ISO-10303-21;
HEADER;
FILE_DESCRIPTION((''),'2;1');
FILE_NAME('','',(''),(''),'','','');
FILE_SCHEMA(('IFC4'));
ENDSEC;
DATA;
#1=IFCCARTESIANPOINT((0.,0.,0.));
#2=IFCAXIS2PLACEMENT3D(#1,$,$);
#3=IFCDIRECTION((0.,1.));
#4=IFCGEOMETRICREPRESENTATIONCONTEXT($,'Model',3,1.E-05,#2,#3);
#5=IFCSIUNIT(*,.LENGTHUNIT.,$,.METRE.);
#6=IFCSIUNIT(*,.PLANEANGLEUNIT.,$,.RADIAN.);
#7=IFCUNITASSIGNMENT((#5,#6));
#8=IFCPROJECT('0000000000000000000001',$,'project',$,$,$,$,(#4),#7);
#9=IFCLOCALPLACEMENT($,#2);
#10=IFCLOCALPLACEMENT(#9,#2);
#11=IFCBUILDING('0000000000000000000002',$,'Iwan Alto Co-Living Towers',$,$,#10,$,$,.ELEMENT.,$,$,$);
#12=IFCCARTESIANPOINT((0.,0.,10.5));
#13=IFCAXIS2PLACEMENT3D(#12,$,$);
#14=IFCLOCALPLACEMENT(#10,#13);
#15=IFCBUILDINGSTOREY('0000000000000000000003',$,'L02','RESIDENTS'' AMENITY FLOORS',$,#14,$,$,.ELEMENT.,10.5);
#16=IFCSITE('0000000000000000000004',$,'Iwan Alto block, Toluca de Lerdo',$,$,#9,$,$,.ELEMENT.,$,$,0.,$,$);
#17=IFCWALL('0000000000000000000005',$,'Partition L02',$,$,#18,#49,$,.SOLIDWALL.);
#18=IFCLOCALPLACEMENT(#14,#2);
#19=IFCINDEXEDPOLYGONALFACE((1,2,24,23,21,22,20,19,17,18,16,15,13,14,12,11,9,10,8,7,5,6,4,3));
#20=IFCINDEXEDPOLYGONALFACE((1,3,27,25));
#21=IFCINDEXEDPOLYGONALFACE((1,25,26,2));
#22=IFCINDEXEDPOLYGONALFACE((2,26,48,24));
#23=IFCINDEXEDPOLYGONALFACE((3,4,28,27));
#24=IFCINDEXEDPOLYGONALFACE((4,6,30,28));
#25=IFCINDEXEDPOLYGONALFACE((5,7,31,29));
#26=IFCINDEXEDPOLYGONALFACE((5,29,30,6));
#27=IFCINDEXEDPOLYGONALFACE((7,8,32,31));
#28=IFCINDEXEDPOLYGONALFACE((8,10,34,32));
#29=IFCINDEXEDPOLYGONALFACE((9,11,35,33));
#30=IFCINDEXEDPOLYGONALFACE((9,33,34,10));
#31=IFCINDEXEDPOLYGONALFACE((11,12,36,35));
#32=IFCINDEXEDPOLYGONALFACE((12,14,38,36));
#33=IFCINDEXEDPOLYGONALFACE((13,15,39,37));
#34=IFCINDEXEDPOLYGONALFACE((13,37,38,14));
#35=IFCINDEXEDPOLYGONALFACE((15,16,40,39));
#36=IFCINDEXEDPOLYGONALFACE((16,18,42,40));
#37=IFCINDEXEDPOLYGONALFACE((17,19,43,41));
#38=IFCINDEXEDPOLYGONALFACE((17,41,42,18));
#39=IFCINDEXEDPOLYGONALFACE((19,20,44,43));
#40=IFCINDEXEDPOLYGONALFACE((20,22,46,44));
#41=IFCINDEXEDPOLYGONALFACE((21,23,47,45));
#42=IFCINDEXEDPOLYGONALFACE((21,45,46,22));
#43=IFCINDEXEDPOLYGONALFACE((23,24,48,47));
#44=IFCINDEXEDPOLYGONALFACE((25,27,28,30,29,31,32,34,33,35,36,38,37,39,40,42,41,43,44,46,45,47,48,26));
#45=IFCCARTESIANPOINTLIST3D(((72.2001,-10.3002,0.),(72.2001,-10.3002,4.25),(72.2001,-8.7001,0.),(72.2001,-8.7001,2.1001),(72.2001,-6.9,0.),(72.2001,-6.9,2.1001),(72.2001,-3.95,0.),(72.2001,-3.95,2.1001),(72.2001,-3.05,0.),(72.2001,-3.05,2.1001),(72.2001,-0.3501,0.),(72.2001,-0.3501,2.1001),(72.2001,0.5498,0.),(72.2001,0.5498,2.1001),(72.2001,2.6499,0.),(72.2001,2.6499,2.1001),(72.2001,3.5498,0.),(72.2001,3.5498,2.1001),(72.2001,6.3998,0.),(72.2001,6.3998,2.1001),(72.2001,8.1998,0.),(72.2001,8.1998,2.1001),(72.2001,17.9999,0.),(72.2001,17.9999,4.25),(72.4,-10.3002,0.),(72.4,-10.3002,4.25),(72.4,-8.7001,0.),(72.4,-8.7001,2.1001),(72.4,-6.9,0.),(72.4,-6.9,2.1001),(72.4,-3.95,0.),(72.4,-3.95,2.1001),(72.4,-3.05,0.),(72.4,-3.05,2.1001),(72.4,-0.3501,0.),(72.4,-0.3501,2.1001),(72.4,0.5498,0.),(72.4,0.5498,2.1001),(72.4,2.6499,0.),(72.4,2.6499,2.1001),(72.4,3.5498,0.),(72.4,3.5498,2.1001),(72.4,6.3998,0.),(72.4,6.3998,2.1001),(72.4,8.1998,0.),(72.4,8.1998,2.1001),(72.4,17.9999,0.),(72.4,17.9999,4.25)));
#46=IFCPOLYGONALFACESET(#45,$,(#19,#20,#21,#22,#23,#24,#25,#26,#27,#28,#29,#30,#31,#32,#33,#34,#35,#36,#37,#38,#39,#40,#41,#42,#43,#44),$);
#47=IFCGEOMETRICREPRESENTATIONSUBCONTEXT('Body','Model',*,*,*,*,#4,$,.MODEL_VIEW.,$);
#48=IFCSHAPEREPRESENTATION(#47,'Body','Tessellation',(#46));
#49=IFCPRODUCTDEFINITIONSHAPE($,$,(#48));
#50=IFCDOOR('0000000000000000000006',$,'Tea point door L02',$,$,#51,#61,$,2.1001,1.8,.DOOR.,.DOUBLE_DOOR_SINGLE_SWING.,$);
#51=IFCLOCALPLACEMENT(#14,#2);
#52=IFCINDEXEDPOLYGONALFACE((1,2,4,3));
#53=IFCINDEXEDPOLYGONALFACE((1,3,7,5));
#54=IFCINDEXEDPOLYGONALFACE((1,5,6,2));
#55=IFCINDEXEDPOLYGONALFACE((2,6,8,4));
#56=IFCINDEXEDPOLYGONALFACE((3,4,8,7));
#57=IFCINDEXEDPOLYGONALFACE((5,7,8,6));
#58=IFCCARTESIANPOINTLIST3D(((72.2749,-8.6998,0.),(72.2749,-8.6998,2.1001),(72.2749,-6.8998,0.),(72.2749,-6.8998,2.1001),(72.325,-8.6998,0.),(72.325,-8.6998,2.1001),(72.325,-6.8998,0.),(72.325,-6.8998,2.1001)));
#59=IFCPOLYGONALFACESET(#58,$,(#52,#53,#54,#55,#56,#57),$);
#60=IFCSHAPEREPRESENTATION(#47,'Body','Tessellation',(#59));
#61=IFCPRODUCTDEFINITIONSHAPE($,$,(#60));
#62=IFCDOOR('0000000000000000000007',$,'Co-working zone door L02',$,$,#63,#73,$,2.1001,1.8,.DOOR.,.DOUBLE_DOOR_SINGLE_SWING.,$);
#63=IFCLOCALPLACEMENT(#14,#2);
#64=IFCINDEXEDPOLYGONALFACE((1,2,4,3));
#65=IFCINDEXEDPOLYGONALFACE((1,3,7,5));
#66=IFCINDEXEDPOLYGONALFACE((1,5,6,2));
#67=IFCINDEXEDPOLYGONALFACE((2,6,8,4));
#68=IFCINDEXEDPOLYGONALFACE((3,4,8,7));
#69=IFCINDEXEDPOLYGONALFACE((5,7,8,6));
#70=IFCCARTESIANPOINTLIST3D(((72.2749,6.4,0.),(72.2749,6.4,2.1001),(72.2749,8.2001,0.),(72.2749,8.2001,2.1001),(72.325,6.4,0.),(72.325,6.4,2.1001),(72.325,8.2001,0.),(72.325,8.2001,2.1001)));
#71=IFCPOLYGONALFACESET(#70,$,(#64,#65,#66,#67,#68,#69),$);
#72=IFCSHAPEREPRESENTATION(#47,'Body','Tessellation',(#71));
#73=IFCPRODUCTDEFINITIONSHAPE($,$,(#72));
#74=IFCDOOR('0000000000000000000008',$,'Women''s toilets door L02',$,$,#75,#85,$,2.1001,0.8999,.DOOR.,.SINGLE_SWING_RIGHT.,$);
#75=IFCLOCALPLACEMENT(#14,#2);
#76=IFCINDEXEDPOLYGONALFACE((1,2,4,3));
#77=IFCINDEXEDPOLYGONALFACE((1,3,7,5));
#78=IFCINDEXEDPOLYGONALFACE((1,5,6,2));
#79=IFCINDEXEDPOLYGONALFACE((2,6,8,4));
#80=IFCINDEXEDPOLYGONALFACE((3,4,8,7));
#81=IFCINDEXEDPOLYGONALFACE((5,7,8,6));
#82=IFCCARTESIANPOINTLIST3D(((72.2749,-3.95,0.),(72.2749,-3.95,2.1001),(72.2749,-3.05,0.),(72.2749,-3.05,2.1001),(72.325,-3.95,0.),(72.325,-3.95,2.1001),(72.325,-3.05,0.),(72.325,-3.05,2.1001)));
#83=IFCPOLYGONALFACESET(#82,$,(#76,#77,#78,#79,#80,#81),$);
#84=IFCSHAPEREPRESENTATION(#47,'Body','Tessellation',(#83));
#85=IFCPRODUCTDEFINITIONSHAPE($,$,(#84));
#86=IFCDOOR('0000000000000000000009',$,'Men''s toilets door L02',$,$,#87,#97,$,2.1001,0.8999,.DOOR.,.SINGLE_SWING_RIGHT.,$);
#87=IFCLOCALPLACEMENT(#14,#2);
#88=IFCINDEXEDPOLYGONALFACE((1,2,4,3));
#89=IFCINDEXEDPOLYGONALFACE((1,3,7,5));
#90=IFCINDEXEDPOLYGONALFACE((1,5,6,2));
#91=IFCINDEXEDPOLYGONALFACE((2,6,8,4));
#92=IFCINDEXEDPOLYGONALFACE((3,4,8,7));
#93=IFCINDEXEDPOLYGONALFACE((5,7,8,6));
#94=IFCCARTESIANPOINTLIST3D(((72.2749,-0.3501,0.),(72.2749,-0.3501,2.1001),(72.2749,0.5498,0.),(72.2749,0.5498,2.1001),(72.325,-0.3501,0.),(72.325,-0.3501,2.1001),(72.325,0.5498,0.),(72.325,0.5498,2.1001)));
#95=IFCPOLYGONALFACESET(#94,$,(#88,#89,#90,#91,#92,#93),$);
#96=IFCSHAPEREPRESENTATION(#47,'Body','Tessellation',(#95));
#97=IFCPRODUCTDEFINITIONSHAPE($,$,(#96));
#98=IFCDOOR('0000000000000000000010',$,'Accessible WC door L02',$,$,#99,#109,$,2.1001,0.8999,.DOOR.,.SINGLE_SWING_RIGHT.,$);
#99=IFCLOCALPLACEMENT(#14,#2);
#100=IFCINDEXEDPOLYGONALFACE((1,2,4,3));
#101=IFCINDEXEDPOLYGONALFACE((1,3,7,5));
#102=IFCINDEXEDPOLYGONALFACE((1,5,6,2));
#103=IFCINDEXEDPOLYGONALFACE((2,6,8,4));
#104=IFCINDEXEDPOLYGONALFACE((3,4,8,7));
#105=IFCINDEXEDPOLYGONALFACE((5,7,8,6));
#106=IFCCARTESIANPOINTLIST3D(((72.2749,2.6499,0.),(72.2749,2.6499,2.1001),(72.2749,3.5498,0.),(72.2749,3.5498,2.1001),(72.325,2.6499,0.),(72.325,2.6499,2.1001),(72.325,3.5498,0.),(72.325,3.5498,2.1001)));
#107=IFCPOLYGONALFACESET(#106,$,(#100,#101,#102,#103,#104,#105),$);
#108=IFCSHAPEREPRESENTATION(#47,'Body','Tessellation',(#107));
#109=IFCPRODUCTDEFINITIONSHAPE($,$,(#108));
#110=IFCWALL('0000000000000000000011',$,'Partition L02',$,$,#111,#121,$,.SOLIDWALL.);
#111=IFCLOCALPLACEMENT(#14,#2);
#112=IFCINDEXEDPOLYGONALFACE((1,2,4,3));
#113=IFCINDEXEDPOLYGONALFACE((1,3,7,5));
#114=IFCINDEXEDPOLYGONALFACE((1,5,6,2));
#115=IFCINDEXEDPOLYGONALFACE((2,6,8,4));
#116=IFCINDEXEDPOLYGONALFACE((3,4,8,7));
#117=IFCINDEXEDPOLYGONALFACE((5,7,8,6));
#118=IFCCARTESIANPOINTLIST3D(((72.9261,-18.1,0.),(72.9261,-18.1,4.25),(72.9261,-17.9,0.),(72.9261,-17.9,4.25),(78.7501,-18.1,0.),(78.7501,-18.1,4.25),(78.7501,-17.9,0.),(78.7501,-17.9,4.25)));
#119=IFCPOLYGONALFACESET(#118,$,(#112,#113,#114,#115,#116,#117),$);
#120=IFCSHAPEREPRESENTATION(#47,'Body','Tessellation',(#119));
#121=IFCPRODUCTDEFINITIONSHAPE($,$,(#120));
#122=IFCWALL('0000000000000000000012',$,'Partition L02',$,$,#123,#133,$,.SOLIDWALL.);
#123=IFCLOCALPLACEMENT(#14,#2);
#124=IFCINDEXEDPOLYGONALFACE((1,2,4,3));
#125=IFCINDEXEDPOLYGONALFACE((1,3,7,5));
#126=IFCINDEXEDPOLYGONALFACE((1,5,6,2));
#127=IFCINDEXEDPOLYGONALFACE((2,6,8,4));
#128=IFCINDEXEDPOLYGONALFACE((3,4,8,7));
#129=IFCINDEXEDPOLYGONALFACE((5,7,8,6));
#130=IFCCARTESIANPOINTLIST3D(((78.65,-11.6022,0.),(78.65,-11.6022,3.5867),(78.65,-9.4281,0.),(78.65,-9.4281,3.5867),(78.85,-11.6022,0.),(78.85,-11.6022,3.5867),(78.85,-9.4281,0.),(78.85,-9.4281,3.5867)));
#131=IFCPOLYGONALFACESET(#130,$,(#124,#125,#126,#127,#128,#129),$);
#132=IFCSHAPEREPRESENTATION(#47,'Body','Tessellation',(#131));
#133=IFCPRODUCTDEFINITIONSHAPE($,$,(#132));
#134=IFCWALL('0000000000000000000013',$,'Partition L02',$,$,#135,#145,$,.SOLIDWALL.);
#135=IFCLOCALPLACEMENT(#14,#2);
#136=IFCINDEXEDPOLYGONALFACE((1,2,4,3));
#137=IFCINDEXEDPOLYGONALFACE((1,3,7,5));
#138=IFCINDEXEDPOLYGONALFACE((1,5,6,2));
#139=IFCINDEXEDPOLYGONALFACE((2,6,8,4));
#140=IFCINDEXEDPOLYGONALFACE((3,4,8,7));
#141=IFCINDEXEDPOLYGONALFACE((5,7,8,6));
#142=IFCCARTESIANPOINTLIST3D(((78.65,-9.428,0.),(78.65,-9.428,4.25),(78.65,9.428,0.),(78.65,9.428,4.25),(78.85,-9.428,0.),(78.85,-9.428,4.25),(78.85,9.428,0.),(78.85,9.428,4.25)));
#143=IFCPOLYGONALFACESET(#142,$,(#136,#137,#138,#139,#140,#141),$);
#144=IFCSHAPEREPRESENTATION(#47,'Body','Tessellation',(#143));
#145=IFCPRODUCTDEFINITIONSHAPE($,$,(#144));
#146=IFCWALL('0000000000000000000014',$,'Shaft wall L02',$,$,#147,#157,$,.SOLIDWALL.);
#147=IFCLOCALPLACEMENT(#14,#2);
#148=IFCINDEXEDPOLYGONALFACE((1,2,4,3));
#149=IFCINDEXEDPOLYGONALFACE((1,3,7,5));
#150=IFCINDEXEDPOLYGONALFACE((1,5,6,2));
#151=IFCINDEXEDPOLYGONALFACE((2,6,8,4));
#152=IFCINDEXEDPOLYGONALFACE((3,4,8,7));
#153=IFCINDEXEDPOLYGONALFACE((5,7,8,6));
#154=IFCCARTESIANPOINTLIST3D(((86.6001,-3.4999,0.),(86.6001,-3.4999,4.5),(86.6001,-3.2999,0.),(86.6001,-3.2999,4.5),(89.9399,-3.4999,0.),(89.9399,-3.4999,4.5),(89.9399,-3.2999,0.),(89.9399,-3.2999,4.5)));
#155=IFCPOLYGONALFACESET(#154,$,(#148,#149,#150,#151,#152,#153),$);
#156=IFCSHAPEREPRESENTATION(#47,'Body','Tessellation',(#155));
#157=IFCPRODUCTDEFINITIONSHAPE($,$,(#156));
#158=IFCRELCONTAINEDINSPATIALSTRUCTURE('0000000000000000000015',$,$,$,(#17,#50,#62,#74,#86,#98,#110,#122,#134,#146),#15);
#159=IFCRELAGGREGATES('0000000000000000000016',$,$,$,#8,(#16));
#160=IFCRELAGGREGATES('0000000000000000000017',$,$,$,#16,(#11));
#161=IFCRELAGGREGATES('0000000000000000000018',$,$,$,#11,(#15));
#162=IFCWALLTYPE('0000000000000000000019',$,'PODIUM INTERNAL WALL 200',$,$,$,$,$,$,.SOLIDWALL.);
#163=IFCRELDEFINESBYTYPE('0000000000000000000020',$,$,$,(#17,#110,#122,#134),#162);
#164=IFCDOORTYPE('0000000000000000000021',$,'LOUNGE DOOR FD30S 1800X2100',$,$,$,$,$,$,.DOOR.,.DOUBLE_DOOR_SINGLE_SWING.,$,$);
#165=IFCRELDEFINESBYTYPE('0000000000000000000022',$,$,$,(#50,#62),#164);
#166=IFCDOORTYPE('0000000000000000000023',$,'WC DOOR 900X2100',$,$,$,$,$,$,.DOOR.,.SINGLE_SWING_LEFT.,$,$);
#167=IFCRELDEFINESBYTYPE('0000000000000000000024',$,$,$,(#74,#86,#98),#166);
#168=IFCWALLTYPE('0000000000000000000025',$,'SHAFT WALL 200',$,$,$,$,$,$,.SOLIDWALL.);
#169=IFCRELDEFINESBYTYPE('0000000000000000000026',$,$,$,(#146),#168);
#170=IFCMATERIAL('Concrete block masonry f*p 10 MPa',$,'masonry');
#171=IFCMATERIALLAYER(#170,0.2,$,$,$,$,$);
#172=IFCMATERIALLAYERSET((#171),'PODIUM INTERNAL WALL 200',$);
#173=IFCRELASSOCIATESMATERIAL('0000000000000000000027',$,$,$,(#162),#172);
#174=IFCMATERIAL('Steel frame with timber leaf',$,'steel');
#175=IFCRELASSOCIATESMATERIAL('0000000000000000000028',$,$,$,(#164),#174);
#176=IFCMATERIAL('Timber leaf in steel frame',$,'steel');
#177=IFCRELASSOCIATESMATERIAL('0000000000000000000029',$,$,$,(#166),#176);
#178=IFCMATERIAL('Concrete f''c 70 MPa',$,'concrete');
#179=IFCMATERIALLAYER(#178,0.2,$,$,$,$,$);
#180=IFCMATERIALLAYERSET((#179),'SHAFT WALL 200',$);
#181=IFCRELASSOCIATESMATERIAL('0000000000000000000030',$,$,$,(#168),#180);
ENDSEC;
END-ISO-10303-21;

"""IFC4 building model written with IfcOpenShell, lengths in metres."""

from ifc_helpers import new_model, si_unit, direction, frame, frame_2d, origin, place, context, subcontext, project, spatial, rectangle, extrude, material, layer, layer_set, type_object, element, fill, save


model = new_model("IFC4")

# Units and contexts
model_context = context("Model", 3, precision=1e-05, world=origin(), true_north=direction((0.0, 1.0)))
body_context = subcontext(model_context, "Body", "Model", "MODEL_VIEW")
ifc_project = project(units=[si_unit("LENGTHUNIT", "METRE"), si_unit("PLANEANGLEUNIT", "RADIAN")], contexts=[model_context])

# Site, building, storey
site_placement = place(None, origin())
site = spatial("IfcSite", under=ifc_project, at=site_placement, Name="Iwan Alto block, Toluca de Lerdo", CompositionType="ELEMENT", RefElevation=0.0)
building_placement = place(site_placement, origin())
building = spatial("IfcBuilding", under=site, at=building_placement, Name="Iwan Alto Co-Living Towers", CompositionType="ELEMENT")
storey_placement = place(building_placement, frame((0.0, 0.0, 10.5)))
storey = spatial("IfcBuildingStorey", under=building, at=storey_placement, Name="L02", Description="RESIDENTS' AMENITY FLOORS", CompositionType="ELEMENT", Elevation=10.5)

# Shared definitions
ifc_material_1 = material(Name="Concrete block masonry f*p 10 MPa", Category="masonry")
ifc_layer_1 = layer(ifc_material_1, 0.2)
ifc_layer_set_1 = layer_set([ifc_layer_1], Name="PODIUM INTERNAL WALL 200")
wall_type_1 = type_object("IfcWallType", Name="PODIUM INTERNAL WALL 200", PredefinedType="SOLIDWALL", material=ifc_layer_set_1)

# Wall, openings, doors
wall_1_placement = place(storey_placement, frame((72.3, -10.3, 0.0), z_axis=(0.0, 0.0, 1.0), x_axis=(0.0, 1.0, 0.0)))
wall_1 = element("IfcWall", 1, at=wall_1_placement, inside=storey, type_object=wall_type_1, Name="Partition L02", PredefinedType="SOLIDWALL", context=body_context, shape_type="SweptSolid", body=[
    extrude(rectangle(XDim=28.3, YDim=0.2, at=frame_2d((14.1499, 0.0))), origin(), (0.0, 0.0, 1.0), 4.25),
])
opening_1_placement = place(wall_1_placement, frame((1.6001, 0.0, 0.0)))
opening_1 = element("IfcOpeningElement", 2, at=opening_1_placement, cuts=wall_1, PredefinedType="OPENING", context=body_context, shape_type="SweptSolid", body=[
    extrude(rectangle(XDim=1.8, YDim=2.1001, at=frame_2d((0.8999, 1.05))), frame((0.0, 0.1099, 0.0), z_axis=(0.0, -1.0, 0.0), x_axis=(1.0, 0.0, 0.0)), (0.0, 0.0, 1.0), 0.22),
])
opening_2_placement = place(wall_1_placement, frame((6.3501, 0.0, 0.0)))
opening_2 = element("IfcOpeningElement", 3, at=opening_2_placement, cuts=wall_1, PredefinedType="OPENING", context=body_context, shape_type="SweptSolid", body=[
    extrude(rectangle(XDim=0.8999, YDim=2.1001, at=frame_2d((0.45, 1.05))), frame((0.0, 0.1099, 0.0), z_axis=(0.0, -1.0, 0.0), x_axis=(1.0, 0.0, 0.0)), (0.0, 0.0, 1.0), 0.22),
])
opening_3_placement = place(wall_1_placement, frame((9.95, 0.0, 0.0)))
opening_3 = element("IfcOpeningElement", 4, at=opening_3_placement, cuts=wall_1, PredefinedType="OPENING", context=body_context, shape_type="SweptSolid", body=[
    extrude(rectangle(XDim=0.8999, YDim=2.1001, at=frame_2d((0.45, 1.05))), frame((0.0, 0.1099, 0.0), z_axis=(0.0, -1.0, 0.0), x_axis=(1.0, 0.0, 0.0)), (0.0, 0.0, 1.0), 0.22),
])
opening_4_placement = place(wall_1_placement, frame((12.95, 0.0, 0.0)))
opening_4 = element("IfcOpeningElement", 5, at=opening_4_placement, cuts=wall_1, PredefinedType="OPENING", context=body_context, shape_type="SweptSolid", body=[
    extrude(rectangle(XDim=0.8999, YDim=2.1001, at=frame_2d((0.45, 1.05))), frame((0.0, 0.1099, 0.0), z_axis=(0.0, -1.0, 0.0), x_axis=(1.0, 0.0, 0.0)), (0.0, 0.0, 1.0), 0.22),
])
opening_5_placement = place(wall_1_placement, frame((16.7, 0.0, 0.0)))
opening_5 = element("IfcOpeningElement", 6, at=opening_5_placement, cuts=wall_1, PredefinedType="OPENING", context=body_context, shape_type="SweptSolid", body=[
    extrude(rectangle(XDim=1.8, YDim=2.1001, at=frame_2d((0.8999, 1.05))), frame((0.0, 0.1099, 0.0), z_axis=(0.0, -1.0, 0.0), x_axis=(1.0, 0.0, 0.0)), (0.0, 0.0, 1.0), 0.22),
])
ifc_material_2 = material(Name="Steel frame with timber leaf", Category="steel")
door_type_1 = type_object("IfcDoorType", Name="LOUNGE DOOR FD30S 1800X2100", OperationType="DOUBLE_DOOR_SINGLE_SWING", PredefinedType="DOOR", material=ifc_material_2)
door_1_placement = place(opening_1_placement, frame((1.8, 0.0, 0.0), z_axis=(0.0, 0.0, 1.0), x_axis=(-1.0, 0.0, 0.0)))
door_1 = element("IfcDoor", 7, at=door_1_placement, inside=storey, type_object=door_type_1, Name="Tea point door L02", OperationType="DOUBLE_DOOR_SINGLE_SWING", OverallHeight=2.1001, OverallWidth=1.8, PredefinedType="DOOR", context=body_context, shape_type="SweptSolid", body=[
    extrude(rectangle(XDim=1.8, YDim=2.1001, at=frame_2d((0.8999, 1.05))), frame((0.0, 0.0249, 0.0), z_axis=(0.0, -1.0, 0.0), x_axis=(1.0, 0.0, 0.0)), (0.0, 0.0, 1.0), 0.05),
])
fill(opening_1, door_1)
door_2_placement = place(opening_5_placement, frame((1.8, 0.0, 0.0), z_axis=(0.0, 0.0, 1.0), x_axis=(-1.0, 0.0, 0.0)))
door_2 = element("IfcDoor", 8, at=door_2_placement, inside=storey, type_object=door_type_1, Name="Co-working zone door L02", OperationType="DOUBLE_DOOR_SINGLE_SWING", OverallHeight=2.1001, OverallWidth=1.8, PredefinedType="DOOR", context=body_context, shape_type="SweptSolid", body=[
    extrude(rectangle(XDim=1.8, YDim=2.1001, at=frame_2d((0.8999, 1.05))), frame((0.0, 0.0249, 0.0), z_axis=(0.0, -1.0, 0.0), x_axis=(1.0, 0.0, 0.0)), (0.0, 0.0, 1.0), 0.05),
])
fill(opening_5, door_2)
ifc_material_3 = material(Name="Timber leaf in steel frame", Category="steel")
door_type_2 = type_object("IfcDoorType", Name="WC DOOR 900X2100", OperationType="SINGLE_SWING_LEFT", PredefinedType="DOOR", material=ifc_material_3)
door_3_placement = place(opening_2_placement, frame((0.8999, 0.0, 0.0), z_axis=(0.0, 0.0, 1.0), x_axis=(-1.0, 0.0, 0.0)))
door_3 = element("IfcDoor", 9, at=door_3_placement, inside=storey, type_object=door_type_2, Name="Women's toilets door L02", OperationType="SINGLE_SWING_RIGHT", OverallHeight=2.1001, OverallWidth=0.8999, PredefinedType="DOOR", context=body_context, shape_type="SweptSolid", body=[
    extrude(rectangle(XDim=0.8999, YDim=2.1001, at=frame_2d((0.45, 1.05))), frame((0.0, 0.0249, 0.0), z_axis=(0.0, -1.0, 0.0), x_axis=(1.0, 0.0, 0.0)), (0.0, 0.0, 1.0), 0.05),
])
fill(opening_2, door_3)
door_4_placement = place(opening_3_placement, frame((0.8999, 0.0, 0.0), z_axis=(0.0, 0.0, 1.0), x_axis=(-1.0, 0.0, 0.0)))
door_4 = element("IfcDoor", 10, at=door_4_placement, inside=storey, type_object=door_type_2, Name="Men's toilets door L02", OperationType="SINGLE_SWING_RIGHT", OverallHeight=2.1001, OverallWidth=0.8999, PredefinedType="DOOR", context=body_context, shape_type="SweptSolid", body=[
    extrude(rectangle(XDim=0.8999, YDim=2.1001, at=frame_2d((0.45, 1.05))), frame((0.0, 0.0249, 0.0), z_axis=(0.0, -1.0, 0.0), x_axis=(1.0, 0.0, 0.0)), (0.0, 0.0, 1.0), 0.05),
])
fill(opening_3, door_4)
door_5_placement = place(opening_4_placement, frame((0.8999, 0.0, 0.0), z_axis=(0.0, 0.0, 1.0), x_axis=(-1.0, 0.0, 0.0)))
door_5 = element("IfcDoor", 11, at=door_5_placement, inside=storey, type_object=door_type_2, Name="Accessible WC door L02", OperationType="SINGLE_SWING_RIGHT", OverallHeight=2.1001, OverallWidth=0.8999, PredefinedType="DOOR", context=body_context, shape_type="SweptSolid", body=[
    extrude(rectangle(XDim=0.8999, YDim=2.1001, at=frame_2d((0.45, 1.05))), frame((0.0, 0.0249, 0.0), z_axis=(0.0, -1.0, 0.0), x_axis=(1.0, 0.0, 0.0)), (0.0, 0.0, 1.0), 0.05),
])
fill(opening_4, door_5)

# Walls
wall_2_placement = place(storey_placement, frame((72.926, -18.0, 0.0), z_axis=(0.0, 0.0, 1.0), x_axis=(1.0, 0.0, 0.0)))
element("IfcWall", 12, at=wall_2_placement, inside=storey, type_object=wall_type_1, Name="Partition L02", PredefinedType="SOLIDWALL", context=body_context, shape_type="SweptSolid", body=[
    extrude(rectangle(XDim=5.824, YDim=0.2, at=frame_2d((2.9121, 0.0))), origin(), (0.0, 0.0, 1.0), 4.25),
])
wall_3_placement = place(storey_placement, frame((78.75, -11.6021, 0.0), z_axis=(0.0, 0.0, 1.0), x_axis=(0.0, 1.0, 0.0)))
element("IfcWall", 13, at=wall_3_placement, inside=storey, type_object=wall_type_1, Name="Partition L02", PredefinedType="SOLIDWALL", context=body_context, shape_type="SweptSolid", body=[
    extrude(rectangle(XDim=2.1741, YDim=0.2, at=frame_2d((1.0869, 0.0))), origin(), (0.0, 0.0, 1.0), 3.5867),
])
wall_4_placement = place(storey_placement, frame((78.75, -9.428, 0.0), z_axis=(0.0, 0.0, 1.0), x_axis=(0.0, 1.0, 0.0)))
element("IfcWall", 14, at=wall_4_placement, inside=storey, type_object=wall_type_1, Name="Partition L02", PredefinedType="SOLIDWALL", context=body_context, shape_type="SweptSolid", body=[
    extrude(rectangle(XDim=18.856, YDim=0.2, at=frame_2d((9.428, 0.0))), origin(), (0.0, 0.0, 1.0), 4.25),
])
ifc_material_4 = material(Name="Concrete f'c 70 MPa", Category="concrete")
ifc_layer_2 = layer(ifc_material_4, 0.2)
ifc_layer_set_2 = layer_set([ifc_layer_2], Name="SHAFT WALL 200")
wall_type_2 = type_object("IfcWallType", Name="SHAFT WALL 200", PredefinedType="SOLIDWALL", material=ifc_layer_set_2)
wall_5_placement = place(storey_placement, frame((86.6001, -3.3999, 0.0), z_axis=(0.0, 0.0, 1.0), x_axis=(1.0, 0.0, 0.0)))
element("IfcWall", 15, at=wall_5_placement, inside=storey, type_object=wall_type_2, Name="Shaft wall L02", PredefinedType="SOLIDWALL", context=body_context, shape_type="SweptSolid", body=[
    extrude(rectangle(XDim=3.3398, YDim=0.2, at=frame_2d((1.6699, 0.0))), origin(), (0.0, 0.0, 1.0), 4.5),
])

save(model, "model.ifc")
